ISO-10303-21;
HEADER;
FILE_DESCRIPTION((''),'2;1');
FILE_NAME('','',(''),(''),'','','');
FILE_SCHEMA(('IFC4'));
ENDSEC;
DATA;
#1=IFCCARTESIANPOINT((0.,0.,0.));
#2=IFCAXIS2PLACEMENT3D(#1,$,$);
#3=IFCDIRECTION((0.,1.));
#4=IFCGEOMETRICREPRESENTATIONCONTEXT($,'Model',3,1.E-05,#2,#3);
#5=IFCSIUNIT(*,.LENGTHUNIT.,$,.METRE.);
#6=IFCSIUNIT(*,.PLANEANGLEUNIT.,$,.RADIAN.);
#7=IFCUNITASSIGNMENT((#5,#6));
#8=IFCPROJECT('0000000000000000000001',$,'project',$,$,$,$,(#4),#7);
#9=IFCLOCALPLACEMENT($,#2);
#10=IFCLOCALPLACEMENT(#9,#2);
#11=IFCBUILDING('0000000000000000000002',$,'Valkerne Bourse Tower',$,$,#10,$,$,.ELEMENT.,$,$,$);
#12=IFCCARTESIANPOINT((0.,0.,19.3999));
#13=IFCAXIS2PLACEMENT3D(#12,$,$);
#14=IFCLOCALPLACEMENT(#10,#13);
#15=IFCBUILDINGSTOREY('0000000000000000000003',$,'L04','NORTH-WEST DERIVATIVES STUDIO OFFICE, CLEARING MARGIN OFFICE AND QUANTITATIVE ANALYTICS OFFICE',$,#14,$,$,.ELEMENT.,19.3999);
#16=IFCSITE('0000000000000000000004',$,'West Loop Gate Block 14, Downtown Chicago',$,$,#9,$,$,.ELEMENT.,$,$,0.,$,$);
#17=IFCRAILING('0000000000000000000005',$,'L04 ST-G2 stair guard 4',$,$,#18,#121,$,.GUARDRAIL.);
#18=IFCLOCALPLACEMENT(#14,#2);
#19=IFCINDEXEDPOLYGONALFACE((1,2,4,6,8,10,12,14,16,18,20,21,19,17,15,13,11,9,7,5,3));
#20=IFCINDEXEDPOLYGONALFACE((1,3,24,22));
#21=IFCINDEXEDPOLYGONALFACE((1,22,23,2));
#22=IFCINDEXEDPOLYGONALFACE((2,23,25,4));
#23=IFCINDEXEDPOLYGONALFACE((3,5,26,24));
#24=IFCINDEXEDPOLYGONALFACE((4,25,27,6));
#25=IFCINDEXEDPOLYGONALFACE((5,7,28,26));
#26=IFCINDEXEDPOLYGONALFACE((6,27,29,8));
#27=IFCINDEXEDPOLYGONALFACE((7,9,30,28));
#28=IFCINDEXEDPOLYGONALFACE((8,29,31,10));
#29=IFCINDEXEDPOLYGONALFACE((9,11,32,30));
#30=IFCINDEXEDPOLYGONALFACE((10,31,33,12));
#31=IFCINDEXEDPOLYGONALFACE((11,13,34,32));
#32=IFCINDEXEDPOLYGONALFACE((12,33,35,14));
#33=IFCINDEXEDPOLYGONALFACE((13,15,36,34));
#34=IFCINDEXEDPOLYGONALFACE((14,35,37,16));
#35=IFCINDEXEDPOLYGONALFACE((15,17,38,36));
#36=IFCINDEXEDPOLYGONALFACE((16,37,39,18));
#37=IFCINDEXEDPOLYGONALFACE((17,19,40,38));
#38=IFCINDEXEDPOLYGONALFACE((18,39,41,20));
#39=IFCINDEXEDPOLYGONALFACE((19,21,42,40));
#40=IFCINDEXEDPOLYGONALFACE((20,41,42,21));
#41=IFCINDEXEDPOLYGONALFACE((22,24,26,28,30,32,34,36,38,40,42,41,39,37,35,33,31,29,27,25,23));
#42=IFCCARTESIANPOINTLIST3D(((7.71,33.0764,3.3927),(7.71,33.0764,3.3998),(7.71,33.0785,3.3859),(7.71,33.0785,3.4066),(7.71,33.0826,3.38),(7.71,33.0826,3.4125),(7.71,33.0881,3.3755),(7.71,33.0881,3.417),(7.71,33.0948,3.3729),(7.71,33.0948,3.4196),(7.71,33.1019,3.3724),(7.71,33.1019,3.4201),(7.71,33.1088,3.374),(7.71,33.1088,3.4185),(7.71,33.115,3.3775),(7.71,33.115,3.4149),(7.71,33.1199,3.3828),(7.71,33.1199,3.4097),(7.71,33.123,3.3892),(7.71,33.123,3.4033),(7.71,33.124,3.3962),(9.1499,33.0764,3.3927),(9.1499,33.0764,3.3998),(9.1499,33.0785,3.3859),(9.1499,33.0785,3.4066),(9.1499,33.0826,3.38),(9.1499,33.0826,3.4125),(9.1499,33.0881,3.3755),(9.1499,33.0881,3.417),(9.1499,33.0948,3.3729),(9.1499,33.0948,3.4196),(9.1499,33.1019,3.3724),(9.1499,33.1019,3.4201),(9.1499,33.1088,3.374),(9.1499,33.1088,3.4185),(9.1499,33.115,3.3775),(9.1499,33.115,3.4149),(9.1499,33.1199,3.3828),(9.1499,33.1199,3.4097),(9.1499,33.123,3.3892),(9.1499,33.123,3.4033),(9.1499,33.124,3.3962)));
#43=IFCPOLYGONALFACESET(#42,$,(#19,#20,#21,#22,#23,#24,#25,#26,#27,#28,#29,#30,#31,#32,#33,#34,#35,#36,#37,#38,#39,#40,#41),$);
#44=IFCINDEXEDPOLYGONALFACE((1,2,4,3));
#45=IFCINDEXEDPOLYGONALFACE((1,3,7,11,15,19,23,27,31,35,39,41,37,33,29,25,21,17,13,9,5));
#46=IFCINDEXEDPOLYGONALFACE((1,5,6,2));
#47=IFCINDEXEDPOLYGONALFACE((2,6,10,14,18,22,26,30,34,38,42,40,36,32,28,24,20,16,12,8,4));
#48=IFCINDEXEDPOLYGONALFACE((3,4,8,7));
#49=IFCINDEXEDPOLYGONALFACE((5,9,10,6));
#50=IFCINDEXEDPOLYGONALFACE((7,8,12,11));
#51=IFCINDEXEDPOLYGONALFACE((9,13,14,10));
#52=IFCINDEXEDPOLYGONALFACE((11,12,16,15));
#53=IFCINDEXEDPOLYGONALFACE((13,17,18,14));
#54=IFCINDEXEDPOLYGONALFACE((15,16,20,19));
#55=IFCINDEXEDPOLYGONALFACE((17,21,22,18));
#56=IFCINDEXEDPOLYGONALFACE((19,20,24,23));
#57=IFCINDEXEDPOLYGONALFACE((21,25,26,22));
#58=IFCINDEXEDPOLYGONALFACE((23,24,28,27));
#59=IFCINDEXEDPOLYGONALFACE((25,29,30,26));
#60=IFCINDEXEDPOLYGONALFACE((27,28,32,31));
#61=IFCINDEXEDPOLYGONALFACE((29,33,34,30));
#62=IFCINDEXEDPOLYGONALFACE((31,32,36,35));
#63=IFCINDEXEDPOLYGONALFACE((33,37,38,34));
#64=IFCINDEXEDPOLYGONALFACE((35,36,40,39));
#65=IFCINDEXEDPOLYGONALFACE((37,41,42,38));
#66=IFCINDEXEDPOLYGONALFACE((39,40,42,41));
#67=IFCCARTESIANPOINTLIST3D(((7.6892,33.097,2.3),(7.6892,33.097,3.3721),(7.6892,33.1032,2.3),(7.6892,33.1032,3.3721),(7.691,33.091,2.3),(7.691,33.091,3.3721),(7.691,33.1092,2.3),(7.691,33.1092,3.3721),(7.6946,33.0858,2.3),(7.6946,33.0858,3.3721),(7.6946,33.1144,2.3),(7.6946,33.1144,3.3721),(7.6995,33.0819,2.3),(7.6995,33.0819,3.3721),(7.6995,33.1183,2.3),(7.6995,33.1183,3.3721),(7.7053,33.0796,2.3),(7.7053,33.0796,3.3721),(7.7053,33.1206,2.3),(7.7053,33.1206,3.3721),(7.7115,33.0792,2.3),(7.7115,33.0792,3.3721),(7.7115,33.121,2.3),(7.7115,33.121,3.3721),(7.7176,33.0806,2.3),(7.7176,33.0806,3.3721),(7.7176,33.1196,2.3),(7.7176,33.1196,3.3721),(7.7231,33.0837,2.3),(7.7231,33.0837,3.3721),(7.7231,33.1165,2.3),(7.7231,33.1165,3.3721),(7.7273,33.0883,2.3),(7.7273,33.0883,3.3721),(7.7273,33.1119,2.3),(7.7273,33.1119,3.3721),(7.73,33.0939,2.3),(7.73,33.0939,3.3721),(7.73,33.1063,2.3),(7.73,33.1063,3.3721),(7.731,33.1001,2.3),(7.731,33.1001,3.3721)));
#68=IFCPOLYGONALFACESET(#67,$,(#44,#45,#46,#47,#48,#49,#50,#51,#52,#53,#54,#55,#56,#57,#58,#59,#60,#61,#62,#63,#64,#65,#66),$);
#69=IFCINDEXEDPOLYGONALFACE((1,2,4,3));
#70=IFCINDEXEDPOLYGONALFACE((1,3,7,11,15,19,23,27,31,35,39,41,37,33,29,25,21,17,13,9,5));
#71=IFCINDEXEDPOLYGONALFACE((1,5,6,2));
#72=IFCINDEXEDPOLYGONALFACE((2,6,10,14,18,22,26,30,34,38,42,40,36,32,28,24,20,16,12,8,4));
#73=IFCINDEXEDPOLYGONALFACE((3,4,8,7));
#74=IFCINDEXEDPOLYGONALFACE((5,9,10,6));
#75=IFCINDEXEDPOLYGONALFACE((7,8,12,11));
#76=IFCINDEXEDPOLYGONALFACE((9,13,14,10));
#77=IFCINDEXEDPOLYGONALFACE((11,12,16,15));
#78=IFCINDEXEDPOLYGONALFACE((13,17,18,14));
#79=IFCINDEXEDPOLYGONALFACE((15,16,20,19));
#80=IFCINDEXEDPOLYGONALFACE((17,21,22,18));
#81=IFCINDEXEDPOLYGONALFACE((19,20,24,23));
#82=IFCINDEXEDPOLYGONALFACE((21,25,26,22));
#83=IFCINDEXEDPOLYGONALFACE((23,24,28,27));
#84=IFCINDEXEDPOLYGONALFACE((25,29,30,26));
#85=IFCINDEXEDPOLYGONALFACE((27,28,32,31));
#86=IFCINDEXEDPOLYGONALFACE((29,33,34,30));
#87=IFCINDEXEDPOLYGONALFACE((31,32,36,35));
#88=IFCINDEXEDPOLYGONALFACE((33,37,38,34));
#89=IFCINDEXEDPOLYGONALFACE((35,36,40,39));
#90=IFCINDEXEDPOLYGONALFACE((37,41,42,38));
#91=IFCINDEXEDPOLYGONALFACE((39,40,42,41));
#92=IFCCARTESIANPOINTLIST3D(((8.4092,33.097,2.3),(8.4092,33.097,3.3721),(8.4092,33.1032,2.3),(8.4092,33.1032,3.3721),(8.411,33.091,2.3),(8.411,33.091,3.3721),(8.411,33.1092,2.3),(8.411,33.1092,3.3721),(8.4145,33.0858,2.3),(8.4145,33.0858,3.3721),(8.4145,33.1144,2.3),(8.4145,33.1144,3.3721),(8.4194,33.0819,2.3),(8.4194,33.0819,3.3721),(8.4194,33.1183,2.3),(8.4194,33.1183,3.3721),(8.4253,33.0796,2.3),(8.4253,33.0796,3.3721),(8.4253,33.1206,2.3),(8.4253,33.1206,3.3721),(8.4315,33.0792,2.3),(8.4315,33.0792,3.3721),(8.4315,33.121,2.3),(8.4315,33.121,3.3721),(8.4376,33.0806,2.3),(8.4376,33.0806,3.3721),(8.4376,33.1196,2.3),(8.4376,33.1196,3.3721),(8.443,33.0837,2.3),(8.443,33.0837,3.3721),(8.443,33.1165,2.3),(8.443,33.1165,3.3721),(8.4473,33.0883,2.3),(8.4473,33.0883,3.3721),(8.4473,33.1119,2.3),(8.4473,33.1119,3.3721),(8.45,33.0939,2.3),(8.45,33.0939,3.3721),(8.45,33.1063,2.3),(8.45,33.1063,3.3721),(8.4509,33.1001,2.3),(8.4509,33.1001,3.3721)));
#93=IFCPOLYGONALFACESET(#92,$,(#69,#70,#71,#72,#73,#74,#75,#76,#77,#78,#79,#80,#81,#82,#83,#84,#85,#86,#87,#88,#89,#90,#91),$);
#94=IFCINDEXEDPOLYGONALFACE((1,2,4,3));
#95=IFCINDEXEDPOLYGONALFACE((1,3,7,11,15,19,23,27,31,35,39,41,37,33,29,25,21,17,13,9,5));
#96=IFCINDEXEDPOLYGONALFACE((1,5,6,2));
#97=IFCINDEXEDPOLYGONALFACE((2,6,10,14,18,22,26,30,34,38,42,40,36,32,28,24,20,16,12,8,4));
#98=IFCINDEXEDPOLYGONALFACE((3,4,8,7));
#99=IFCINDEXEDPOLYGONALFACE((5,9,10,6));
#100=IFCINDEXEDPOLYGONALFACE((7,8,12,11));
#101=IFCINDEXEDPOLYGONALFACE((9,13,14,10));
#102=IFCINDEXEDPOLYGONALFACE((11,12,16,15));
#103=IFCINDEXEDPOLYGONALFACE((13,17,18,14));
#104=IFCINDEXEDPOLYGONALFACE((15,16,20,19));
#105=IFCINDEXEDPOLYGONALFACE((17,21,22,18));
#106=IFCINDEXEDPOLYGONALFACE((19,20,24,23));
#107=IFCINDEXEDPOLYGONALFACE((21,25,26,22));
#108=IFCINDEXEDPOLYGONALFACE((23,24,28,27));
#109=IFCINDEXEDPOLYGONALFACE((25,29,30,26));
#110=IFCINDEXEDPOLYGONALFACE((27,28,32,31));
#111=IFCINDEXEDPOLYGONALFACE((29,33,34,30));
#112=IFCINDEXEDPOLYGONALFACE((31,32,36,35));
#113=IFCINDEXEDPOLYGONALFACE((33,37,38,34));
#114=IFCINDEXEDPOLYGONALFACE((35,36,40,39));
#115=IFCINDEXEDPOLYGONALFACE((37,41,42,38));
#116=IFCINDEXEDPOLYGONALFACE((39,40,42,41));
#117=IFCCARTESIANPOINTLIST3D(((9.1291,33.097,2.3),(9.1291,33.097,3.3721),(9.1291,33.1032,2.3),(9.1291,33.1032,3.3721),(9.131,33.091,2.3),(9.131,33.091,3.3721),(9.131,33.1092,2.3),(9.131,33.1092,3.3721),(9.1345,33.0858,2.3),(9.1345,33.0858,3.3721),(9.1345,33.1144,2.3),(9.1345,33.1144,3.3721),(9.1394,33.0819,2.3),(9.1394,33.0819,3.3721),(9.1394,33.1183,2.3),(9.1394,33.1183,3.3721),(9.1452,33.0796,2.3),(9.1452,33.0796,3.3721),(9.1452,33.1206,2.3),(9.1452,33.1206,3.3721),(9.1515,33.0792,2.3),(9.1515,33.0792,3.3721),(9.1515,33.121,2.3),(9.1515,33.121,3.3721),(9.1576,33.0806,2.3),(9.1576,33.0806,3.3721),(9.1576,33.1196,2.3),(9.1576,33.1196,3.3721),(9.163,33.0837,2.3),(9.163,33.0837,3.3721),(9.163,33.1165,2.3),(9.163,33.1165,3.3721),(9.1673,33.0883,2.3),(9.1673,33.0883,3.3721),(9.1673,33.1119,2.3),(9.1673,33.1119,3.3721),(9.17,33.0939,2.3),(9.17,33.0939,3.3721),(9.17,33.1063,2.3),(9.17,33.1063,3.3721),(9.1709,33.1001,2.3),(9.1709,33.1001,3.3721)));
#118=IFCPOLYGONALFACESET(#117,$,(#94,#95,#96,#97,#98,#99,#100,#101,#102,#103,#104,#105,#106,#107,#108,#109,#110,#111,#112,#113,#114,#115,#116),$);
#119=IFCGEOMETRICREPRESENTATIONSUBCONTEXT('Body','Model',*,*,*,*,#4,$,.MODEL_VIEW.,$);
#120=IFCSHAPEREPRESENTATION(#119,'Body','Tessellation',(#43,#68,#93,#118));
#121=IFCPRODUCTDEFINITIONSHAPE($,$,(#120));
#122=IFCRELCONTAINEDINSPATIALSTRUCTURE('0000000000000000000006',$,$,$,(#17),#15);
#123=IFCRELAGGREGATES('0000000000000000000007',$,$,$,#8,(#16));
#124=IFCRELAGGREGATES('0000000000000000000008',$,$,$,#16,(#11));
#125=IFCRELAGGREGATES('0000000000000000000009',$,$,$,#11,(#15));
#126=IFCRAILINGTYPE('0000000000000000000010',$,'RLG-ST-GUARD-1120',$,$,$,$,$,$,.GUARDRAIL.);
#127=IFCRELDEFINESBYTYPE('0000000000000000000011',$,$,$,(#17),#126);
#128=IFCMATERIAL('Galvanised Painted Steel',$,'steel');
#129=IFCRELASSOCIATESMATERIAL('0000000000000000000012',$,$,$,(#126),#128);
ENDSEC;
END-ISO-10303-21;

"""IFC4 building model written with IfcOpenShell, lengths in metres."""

from ifc_helpers import new_model, si_unit, direction, frame, origin, origin_2d, place, context, subcontext, project, spatial, circle, extrude, material, type_object, element, save


model = new_model("IFC4")

# Units and contexts
model_context = context("Model", 3, precision=1e-05, world=origin(), true_north=direction((0.0, 1.0)))
body_context = subcontext(model_context, "Body", "Model", "MODEL_VIEW")
ifc_project = project(units=[si_unit("LENGTHUNIT", "METRE"), si_unit("PLANEANGLEUNIT", "RADIAN")], contexts=[model_context])

# Site, building, storey
site_placement = place(None, origin())
site = spatial("IfcSite", under=ifc_project, at=site_placement, Name="West Loop Gate Block 14, Downtown Chicago", CompositionType="ELEMENT", RefElevation=0.0)
building_placement = place(site_placement, origin())
building = spatial("IfcBuilding", under=site, at=building_placement, Name="Valkerne Bourse Tower", CompositionType="ELEMENT")
storey_placement = place(building_placement, frame((0.0, 0.0, 19.3999)))
storey = spatial("IfcBuildingStorey", under=building, at=storey_placement, Name="L04", Description="NORTH-WEST DERIVATIVES STUDIO OFFICE, CLEARING MARGIN OFFICE AND QUANTITATIVE ANALYTICS OFFICE", CompositionType="ELEMENT", Elevation=19.3999)

# Shared definitions
ifc_material_1 = material(Name="Galvanised Painted Steel", Category="steel")

# Railing
railing_type_1 = type_object("IfcRailingType", Name="RLG-ST-GUARD-1120", PredefinedType="GUARDRAIL", material=ifc_material_1)
for number, where, name in (
    (1, (7.71, 33.1001, 2.3), "L04 ST-G2 stair guard 4"),
):
    element("IfcRailing", number, at=place(storey_placement, frame(where)), inside=storey, type_object=railing_type_1, Name=name, PredefinedType="GUARDRAIL", context=body_context, shape_type="SweptSolid", body=[
        extrude(circle(Radius=0.0239, at=origin_2d()), frame((0.0, 0.0, 1.0962), z_axis=(1.0, 0.0, 0.0), x_axis=(0.0, 1.0, 0.0)), (0.0, 0.0, 1.0), 1.4399),
        extrude(circle(Radius=0.021, at=origin_2d()), origin(), (0.0, 0.0, 1.0), 1.072),
        extrude(circle(Radius=0.021, at=origin_2d()), frame((0.72, 0.0, 0.0)), (0.0, 0.0, 1.0), 1.072),
        extrude(circle(Radius=0.021, at=origin_2d()), frame((1.4399, 0.0, 0.0)), (0.0, 0.0, 1.0), 1.072),
    ])

save(model, "model.ifc")
